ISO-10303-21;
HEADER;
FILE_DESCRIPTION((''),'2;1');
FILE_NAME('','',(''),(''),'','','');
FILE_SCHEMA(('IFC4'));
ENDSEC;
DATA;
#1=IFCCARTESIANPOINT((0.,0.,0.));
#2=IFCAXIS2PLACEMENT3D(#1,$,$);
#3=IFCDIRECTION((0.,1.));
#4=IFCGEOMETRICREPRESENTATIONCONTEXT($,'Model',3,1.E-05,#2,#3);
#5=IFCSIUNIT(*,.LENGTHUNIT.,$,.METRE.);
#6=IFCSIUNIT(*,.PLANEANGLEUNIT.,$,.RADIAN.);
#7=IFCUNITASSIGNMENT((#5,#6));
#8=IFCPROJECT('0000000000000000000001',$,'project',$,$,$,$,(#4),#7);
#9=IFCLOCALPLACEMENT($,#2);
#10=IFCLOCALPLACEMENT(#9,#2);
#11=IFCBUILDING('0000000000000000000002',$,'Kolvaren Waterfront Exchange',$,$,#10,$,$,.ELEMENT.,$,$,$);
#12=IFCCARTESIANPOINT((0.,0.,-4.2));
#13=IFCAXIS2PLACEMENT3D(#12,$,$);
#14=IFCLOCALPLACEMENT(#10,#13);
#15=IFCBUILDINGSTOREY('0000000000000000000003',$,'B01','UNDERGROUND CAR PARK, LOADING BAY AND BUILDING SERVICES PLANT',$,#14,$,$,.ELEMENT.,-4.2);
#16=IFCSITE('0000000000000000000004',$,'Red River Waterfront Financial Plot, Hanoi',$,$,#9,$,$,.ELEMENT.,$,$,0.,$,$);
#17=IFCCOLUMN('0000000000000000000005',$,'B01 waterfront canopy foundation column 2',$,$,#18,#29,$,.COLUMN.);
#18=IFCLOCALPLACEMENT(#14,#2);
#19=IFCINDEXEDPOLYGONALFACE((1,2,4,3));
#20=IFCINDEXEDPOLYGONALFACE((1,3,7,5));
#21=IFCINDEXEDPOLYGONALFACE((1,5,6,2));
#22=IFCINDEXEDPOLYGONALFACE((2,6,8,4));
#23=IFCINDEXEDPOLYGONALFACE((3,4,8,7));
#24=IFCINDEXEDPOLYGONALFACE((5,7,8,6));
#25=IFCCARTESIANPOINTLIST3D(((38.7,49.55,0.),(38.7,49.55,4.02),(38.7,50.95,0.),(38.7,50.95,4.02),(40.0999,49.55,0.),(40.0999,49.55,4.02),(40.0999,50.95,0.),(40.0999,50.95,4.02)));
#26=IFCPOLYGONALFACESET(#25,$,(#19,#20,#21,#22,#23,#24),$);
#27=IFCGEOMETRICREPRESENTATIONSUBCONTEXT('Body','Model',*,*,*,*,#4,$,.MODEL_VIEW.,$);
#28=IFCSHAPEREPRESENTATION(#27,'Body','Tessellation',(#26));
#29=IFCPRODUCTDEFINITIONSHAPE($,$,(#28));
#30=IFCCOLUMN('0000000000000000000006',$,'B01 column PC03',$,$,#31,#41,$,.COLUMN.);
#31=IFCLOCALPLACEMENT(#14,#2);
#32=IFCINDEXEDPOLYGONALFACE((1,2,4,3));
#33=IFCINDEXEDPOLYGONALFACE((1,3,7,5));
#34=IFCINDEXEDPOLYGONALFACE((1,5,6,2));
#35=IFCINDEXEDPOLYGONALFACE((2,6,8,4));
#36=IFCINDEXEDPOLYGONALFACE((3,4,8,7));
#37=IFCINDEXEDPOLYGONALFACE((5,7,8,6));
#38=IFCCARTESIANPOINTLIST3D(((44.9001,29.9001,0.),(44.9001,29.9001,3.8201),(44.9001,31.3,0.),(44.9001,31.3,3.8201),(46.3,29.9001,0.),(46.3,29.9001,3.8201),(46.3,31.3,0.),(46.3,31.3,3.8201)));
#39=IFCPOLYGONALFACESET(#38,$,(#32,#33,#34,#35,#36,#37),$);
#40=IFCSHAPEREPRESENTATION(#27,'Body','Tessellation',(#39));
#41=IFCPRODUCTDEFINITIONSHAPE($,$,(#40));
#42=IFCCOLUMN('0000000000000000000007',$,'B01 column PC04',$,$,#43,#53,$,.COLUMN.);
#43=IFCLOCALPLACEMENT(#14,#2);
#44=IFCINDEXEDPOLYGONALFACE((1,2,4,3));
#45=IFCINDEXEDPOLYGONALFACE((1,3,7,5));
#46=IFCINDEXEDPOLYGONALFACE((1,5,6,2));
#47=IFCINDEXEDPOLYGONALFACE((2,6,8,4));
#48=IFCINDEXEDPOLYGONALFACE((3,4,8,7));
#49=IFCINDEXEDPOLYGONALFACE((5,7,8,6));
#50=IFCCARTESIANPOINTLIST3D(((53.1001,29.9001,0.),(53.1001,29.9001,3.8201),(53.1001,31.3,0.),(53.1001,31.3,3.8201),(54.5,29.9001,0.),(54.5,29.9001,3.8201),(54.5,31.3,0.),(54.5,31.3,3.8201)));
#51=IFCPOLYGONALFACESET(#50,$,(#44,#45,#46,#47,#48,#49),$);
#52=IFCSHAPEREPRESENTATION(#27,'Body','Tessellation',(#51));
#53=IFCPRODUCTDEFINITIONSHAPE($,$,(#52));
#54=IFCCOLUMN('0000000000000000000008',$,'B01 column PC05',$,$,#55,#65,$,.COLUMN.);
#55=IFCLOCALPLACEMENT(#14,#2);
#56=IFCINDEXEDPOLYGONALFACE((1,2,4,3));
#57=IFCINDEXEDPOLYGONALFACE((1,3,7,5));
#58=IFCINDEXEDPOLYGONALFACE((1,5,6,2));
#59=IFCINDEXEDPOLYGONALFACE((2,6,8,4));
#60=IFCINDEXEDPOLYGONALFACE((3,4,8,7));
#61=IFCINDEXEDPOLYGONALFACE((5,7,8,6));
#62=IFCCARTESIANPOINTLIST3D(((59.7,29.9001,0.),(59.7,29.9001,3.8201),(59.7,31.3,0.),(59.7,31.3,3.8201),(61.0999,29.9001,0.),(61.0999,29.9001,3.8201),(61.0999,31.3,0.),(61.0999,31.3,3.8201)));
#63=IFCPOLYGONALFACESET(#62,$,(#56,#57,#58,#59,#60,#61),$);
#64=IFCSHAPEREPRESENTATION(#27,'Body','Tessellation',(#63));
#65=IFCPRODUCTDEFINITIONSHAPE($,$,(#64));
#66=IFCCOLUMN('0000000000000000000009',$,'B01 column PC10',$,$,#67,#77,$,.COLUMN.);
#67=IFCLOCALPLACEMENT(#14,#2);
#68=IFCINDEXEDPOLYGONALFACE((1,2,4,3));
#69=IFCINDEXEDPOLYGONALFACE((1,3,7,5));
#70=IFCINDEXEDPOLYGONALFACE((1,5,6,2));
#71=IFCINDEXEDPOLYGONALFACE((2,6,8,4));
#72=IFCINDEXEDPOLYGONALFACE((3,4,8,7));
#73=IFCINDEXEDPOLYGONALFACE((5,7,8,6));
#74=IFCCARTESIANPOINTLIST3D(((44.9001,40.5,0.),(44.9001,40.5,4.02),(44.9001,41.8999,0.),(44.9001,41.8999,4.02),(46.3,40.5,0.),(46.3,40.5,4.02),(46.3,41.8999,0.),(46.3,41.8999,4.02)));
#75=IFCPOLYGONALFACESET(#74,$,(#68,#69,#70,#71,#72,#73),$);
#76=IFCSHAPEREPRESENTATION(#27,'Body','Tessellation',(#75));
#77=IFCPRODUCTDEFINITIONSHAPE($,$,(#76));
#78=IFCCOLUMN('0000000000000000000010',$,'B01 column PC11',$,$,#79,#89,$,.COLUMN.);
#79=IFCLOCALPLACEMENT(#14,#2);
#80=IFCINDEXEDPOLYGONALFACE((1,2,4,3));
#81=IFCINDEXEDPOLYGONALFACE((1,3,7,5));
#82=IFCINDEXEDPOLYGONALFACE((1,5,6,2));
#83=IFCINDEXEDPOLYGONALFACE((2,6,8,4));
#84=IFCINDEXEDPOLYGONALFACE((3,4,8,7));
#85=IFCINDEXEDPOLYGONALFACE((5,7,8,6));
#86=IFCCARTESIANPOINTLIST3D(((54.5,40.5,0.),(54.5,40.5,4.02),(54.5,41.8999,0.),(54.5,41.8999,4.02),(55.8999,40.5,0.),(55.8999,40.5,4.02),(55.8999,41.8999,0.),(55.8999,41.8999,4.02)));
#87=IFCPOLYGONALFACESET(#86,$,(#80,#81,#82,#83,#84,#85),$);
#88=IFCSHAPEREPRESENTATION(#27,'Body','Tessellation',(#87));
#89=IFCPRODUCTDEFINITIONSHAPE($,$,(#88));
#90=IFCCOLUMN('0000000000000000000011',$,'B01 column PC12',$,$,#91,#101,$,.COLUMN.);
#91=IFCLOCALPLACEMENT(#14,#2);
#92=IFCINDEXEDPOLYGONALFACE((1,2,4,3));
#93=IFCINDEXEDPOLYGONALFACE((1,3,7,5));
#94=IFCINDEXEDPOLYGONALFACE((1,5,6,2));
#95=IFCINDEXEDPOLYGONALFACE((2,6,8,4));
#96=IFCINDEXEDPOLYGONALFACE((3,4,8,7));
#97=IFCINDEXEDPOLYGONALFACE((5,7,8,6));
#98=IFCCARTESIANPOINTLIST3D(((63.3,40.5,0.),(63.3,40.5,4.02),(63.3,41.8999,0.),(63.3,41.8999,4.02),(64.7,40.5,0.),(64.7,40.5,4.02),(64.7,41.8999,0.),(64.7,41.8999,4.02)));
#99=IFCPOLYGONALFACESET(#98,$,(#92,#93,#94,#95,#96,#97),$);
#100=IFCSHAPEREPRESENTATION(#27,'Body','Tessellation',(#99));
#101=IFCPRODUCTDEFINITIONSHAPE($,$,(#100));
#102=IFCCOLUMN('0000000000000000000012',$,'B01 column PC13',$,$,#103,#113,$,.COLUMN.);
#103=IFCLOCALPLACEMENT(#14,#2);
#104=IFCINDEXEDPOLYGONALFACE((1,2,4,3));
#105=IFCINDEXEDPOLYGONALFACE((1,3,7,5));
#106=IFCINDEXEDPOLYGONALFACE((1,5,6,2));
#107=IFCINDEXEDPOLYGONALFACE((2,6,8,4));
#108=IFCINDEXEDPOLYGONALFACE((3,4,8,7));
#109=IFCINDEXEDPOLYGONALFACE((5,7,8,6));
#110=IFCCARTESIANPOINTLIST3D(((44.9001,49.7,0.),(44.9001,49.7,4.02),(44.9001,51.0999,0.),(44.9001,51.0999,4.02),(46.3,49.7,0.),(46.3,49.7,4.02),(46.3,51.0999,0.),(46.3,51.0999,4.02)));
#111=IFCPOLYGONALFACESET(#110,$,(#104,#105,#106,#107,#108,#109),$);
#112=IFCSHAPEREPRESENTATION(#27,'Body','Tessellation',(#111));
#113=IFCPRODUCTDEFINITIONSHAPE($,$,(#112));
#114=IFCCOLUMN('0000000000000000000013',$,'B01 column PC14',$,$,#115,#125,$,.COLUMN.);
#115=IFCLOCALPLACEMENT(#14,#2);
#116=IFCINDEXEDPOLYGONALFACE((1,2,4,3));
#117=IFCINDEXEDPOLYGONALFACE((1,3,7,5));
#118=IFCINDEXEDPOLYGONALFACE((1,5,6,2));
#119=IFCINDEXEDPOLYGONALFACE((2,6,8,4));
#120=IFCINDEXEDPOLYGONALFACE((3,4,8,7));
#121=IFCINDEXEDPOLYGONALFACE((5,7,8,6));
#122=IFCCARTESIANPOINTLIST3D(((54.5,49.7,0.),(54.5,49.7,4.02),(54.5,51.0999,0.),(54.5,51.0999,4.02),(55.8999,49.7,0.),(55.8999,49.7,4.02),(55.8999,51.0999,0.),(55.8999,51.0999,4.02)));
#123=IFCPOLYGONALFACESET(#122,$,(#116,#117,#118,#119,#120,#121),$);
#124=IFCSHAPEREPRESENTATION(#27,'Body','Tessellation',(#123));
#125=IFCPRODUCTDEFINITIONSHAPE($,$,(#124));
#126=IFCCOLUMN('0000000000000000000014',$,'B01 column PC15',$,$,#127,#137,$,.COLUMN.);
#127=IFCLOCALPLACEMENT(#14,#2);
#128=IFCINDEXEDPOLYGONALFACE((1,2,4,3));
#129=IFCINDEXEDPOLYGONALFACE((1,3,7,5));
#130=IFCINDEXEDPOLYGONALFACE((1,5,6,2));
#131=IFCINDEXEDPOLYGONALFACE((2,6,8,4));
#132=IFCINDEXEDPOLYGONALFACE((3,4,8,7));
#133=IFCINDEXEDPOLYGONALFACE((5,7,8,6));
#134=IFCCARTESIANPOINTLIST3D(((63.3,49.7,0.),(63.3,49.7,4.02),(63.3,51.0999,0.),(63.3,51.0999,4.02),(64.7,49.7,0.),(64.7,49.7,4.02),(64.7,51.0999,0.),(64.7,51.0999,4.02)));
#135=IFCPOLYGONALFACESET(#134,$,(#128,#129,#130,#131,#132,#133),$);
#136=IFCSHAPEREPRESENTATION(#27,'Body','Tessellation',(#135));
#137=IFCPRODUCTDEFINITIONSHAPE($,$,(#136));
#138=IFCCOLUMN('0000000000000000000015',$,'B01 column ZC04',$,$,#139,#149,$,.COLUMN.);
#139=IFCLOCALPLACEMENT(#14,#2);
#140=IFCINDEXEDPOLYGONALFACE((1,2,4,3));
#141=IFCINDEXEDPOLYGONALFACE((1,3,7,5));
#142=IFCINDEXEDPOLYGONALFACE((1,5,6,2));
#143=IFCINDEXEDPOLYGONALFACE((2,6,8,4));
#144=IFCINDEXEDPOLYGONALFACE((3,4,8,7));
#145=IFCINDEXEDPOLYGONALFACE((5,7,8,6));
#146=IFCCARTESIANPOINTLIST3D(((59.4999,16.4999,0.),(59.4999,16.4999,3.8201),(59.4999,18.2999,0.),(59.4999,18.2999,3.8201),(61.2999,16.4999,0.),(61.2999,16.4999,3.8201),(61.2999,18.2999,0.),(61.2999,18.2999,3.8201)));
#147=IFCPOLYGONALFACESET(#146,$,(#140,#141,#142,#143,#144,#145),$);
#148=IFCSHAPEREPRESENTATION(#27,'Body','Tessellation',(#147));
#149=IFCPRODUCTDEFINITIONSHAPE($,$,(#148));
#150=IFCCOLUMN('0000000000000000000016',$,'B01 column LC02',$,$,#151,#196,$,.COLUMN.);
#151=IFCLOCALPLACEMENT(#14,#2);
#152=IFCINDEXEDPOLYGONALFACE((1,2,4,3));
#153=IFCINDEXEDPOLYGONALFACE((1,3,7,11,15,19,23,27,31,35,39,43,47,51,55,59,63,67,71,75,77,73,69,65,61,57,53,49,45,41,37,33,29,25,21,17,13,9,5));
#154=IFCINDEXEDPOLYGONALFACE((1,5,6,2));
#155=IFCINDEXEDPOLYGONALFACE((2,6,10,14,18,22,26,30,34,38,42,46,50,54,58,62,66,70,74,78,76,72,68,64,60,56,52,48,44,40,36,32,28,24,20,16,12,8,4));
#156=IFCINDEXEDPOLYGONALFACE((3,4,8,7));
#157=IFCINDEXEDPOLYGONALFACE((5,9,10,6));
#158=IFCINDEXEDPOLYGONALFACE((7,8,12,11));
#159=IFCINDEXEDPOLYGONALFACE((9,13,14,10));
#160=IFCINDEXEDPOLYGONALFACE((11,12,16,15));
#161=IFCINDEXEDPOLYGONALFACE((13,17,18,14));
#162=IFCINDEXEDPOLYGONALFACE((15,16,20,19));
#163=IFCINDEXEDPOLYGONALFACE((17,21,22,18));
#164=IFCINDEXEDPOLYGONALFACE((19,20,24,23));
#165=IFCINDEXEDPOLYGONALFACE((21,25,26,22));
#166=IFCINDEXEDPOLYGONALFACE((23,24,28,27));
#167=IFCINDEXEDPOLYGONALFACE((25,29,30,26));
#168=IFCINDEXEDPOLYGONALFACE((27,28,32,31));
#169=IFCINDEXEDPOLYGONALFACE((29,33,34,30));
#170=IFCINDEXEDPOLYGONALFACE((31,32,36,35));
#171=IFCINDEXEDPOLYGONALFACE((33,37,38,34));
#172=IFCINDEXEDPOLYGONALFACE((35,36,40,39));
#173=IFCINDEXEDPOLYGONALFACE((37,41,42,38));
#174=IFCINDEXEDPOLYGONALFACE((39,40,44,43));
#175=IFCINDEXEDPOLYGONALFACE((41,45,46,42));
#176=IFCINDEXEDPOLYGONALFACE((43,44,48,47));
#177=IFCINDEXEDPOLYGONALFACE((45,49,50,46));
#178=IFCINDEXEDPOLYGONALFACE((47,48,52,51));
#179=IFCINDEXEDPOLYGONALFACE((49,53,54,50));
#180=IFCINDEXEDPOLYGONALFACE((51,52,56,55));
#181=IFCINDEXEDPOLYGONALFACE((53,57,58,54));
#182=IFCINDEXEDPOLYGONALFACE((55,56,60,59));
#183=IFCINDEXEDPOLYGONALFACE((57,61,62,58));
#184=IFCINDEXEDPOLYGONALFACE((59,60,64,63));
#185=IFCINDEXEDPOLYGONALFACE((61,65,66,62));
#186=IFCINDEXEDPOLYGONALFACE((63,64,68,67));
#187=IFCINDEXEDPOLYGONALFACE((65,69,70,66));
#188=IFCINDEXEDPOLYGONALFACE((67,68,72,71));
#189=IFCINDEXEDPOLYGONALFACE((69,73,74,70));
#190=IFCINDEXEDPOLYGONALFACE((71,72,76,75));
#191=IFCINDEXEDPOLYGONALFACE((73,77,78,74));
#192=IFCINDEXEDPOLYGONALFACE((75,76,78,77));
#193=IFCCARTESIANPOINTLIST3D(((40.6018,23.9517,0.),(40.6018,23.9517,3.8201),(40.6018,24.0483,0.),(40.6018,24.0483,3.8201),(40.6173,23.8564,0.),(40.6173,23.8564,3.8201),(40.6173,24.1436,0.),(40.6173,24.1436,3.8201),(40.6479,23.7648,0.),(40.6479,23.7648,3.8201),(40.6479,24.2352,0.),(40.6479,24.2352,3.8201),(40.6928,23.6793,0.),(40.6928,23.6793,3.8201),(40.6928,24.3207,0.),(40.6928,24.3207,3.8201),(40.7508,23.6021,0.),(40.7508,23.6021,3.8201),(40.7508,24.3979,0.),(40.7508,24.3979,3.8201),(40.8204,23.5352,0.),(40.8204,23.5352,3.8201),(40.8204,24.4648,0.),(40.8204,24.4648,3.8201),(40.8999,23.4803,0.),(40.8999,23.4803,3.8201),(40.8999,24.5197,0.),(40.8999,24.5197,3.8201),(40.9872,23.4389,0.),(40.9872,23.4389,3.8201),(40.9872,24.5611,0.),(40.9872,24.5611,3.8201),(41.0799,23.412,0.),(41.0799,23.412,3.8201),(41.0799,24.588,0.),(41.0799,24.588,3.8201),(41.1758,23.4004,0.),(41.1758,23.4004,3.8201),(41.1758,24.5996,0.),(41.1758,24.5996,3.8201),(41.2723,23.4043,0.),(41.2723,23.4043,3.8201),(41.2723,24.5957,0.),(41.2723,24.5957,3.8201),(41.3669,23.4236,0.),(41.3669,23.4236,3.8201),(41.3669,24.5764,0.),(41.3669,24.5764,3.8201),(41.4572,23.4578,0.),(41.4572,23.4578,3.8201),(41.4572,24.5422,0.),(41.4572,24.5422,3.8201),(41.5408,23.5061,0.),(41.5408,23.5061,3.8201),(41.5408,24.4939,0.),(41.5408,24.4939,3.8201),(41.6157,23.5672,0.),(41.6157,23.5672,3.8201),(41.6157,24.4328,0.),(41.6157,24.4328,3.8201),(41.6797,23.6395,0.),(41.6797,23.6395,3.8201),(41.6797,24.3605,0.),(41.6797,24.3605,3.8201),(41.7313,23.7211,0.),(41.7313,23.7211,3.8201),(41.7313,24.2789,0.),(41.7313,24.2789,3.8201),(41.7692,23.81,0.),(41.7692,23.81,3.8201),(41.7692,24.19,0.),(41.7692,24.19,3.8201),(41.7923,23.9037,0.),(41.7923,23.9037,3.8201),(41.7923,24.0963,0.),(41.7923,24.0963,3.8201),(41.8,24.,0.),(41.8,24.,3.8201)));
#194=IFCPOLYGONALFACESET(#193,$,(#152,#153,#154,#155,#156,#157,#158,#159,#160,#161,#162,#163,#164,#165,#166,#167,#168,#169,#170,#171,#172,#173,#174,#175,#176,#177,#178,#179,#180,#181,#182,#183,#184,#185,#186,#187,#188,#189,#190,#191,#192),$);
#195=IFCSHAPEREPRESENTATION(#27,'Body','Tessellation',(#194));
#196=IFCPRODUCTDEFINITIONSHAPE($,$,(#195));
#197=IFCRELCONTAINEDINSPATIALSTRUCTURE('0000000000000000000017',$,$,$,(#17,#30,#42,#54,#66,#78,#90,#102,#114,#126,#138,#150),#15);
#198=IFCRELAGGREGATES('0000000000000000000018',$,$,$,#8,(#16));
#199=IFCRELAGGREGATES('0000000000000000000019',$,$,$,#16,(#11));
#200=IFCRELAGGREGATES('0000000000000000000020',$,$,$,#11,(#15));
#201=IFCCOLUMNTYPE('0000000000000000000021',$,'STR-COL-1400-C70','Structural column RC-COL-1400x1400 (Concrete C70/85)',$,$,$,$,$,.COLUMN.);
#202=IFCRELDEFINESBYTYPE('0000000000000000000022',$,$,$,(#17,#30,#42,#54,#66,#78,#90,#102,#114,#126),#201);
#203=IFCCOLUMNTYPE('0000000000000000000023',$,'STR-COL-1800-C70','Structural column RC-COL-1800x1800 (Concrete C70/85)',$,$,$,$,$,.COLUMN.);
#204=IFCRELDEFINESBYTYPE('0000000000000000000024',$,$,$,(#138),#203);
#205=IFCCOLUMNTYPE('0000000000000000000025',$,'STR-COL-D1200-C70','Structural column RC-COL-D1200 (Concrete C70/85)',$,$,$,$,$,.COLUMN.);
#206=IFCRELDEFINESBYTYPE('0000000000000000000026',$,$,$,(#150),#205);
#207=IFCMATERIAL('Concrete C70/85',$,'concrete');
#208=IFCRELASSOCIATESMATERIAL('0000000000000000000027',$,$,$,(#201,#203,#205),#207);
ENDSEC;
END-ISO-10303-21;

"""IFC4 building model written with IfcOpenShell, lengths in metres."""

from ifc_helpers import new_model, si_unit, direction, frame, origin, origin_2d, place, context, subcontext, project, spatial, rectangle, circle, extrude, material, material_profile, profile_set, type_object, element, save


model = new_model("IFC4")

# Units and contexts
model_context = context("Model", 3, precision=1e-05, world=origin(), true_north=direction((0.0, 1.0)))
body_context = subcontext(model_context, "Body", "Model", "MODEL_VIEW")
ifc_project = project(units=[si_unit("LENGTHUNIT", "METRE"), si_unit("PLANEANGLEUNIT", "RADIAN")], contexts=[model_context])

# Site, building, storey
site_placement = place(None, origin())
site = spatial("IfcSite", under=ifc_project, at=site_placement, Name="Red River Waterfront Financial Plot, Hanoi", CompositionType="ELEMENT", RefElevation=0.0)
building_placement = place(site_placement, origin())
building = spatial("IfcBuilding", under=site, at=building_placement, Name="Kolvaren Waterfront Exchange", CompositionType="ELEMENT")
storey_placement = place(building_placement, frame((0.0, 0.0, -4.2)))
storey = spatial("IfcBuildingStorey", under=building, at=storey_placement, Name="B01", Description="UNDERGROUND CAR PARK, LOADING BAY AND BUILDING SERVICES PLANT", CompositionType="ELEMENT", Elevation=-4.2)

# Columns
ifc_material_1 = material(Name="Concrete C70/85", Category="concrete")
ifc_material_profile_1 = material_profile(ifc_material_1, rectangle(XDim=1.3999, YDim=1.3999, at=origin_2d()), Name="RC-COL-1400x1400")
ifc_profile_set_1 = profile_set([ifc_material_profile_1], Name="Concrete C70/85")
column_type_1 = type_object("IfcColumnType", Name="STR-COL-1400-C70", Description="Structural column RC-COL-1400x1400 (Concrete C70/85)", PredefinedType="COLUMN", material=ifc_profile_set_1)
column_1_placement = place(storey_placement, frame((39.3999, 50.25, 0.0), z_axis=(0.0, 0.0, 1.0), x_axis=(1.0, 0.0, 0.0)))
element("IfcColumn", 1, at=column_1_placement, inside=storey, type_object=column_type_1, Name="B01 waterfront canopy foundation column 2", PredefinedType="COLUMN", context=body_context, shape_type="SweptSolid", body=[
    extrude(rectangle(XDim=1.3999, YDim=1.3999, at=origin_2d()), origin(), (0.0, 0.0, 1.0), 4.02),
])
for number, where, z_axis, x_axis, name in (
    (2, (45.6001, 30.6001, 0.0), (0.0, 0.0, 1.0), (1.0, 0.0, 0.0), "B01 column PC03"),
    (3, (53.8, 30.6001, 0.0), (0.0, 0.0, 1.0), (1.0, 0.0, 0.0), "B01 column PC04"),
    (4, (60.3999, 30.6001, 0.0), (0.0, 0.0, 1.0), (1.0, 0.0, 0.0), "B01 column PC05"),
):
    element("IfcColumn", number, at=place(storey_placement, frame(where, z_axis=z_axis, x_axis=x_axis)), inside=storey, type_object=column_type_1, Name=name, PredefinedType="COLUMN", context=body_context, shape_type="SweptSolid", body=[
        extrude(rectangle(XDim=1.3999, YDim=1.3999, at=origin_2d()), origin(), (0.0, 0.0, 1.0), 3.8201),
    ])
for number, where, z_axis, x_axis, name in (
    (5, (45.6001, 41.2, 0.0), (0.0, 0.0, 1.0), (1.0, 0.0, 0.0), "B01 column PC10"),
    (6, (55.2, 41.2, 0.0), (0.0, 0.0, 1.0), (1.0, 0.0, 0.0), "B01 column PC11"),
    (7, (64.0, 41.2, 0.0), (0.0, 0.0, 1.0), (1.0, 0.0, 0.0), "B01 column PC12"),
    (8, (45.6001, 50.3999, 0.0), (0.0, 0.0, 1.0), (1.0, 0.0, 0.0), "B01 column PC13"),
    (9, (55.2, 50.3999, 0.0), (0.0, 0.0, 1.0), (1.0, 0.0, 0.0), "B01 column PC14"),
    (10, (64.0, 50.3999, 0.0), (0.0, 0.0, 1.0), (1.0, 0.0, 0.0), "B01 column PC15"),
):
    element("IfcColumn", number, at=place(storey_placement, frame(where, z_axis=z_axis, x_axis=x_axis)), inside=storey, type_object=column_type_1, Name=name, PredefinedType="COLUMN", context=body_context, shape_type="SweptSolid", body=[
        extrude(rectangle(XDim=1.3999, YDim=1.3999, at=origin_2d()), origin(), (0.0, 0.0, 1.0), 4.02),
    ])
ifc_material_profile_2 = material_profile(ifc_material_1, rectangle(XDim=1.8, YDim=1.8, at=origin_2d()), Name="RC-COL-1800x1800")
ifc_profile_set_2 = profile_set([ifc_material_profile_2], Name="Concrete C70/85")
column_type_2 = type_object("IfcColumnType", Name="STR-COL-1800-C70", Description="Structural column RC-COL-1800x1800 (Concrete C70/85)", PredefinedType="COLUMN", material=ifc_profile_set_2)
column_2_placement = place(storey_placement, frame((60.3999, 17.3999, 0.0), z_axis=(0.0, 0.0, 1.0), x_axis=(1.0, 0.0, 0.0)))
element("IfcColumn", 11, at=column_2_placement, inside=storey, type_object=column_type_2, Name="B01 column ZC04", PredefinedType="COLUMN", context=body_context, shape_type="SweptSolid", body=[
    extrude(rectangle(XDim=1.8, YDim=1.8, at=origin_2d()), origin(), (0.0, 0.0, 1.0), 3.8201),
])
ifc_material_profile_3 = material_profile(ifc_material_1, circle(Radius=0.6001, at=origin_2d()), Name="RC-COL-D1200")
ifc_profile_set_3 = profile_set([ifc_material_profile_3], Name="Concrete C70/85")
column_type_3 = type_object("IfcColumnType", Name="STR-COL-D1200-C70", Description="Structural column RC-COL-D1200 (Concrete C70/85)", PredefinedType="COLUMN", material=ifc_profile_set_3)
column_3_placement = place(storey_placement, frame((41.2, 24.0, 0.0), z_axis=(0.0, 0.0, 1.0), x_axis=(1.0, 0.0, 0.0)))
element("IfcColumn", 12, at=column_3_placement, inside=storey, type_object=column_type_3, Name="B01 column LC02", PredefinedType="COLUMN", context=body_context, shape_type="SweptSolid", body=[
    extrude(circle(Radius=0.6001, at=origin_2d()), origin(), (0.0, 0.0, 1.0), 3.8201),
])

save(model, "model.ifc")
